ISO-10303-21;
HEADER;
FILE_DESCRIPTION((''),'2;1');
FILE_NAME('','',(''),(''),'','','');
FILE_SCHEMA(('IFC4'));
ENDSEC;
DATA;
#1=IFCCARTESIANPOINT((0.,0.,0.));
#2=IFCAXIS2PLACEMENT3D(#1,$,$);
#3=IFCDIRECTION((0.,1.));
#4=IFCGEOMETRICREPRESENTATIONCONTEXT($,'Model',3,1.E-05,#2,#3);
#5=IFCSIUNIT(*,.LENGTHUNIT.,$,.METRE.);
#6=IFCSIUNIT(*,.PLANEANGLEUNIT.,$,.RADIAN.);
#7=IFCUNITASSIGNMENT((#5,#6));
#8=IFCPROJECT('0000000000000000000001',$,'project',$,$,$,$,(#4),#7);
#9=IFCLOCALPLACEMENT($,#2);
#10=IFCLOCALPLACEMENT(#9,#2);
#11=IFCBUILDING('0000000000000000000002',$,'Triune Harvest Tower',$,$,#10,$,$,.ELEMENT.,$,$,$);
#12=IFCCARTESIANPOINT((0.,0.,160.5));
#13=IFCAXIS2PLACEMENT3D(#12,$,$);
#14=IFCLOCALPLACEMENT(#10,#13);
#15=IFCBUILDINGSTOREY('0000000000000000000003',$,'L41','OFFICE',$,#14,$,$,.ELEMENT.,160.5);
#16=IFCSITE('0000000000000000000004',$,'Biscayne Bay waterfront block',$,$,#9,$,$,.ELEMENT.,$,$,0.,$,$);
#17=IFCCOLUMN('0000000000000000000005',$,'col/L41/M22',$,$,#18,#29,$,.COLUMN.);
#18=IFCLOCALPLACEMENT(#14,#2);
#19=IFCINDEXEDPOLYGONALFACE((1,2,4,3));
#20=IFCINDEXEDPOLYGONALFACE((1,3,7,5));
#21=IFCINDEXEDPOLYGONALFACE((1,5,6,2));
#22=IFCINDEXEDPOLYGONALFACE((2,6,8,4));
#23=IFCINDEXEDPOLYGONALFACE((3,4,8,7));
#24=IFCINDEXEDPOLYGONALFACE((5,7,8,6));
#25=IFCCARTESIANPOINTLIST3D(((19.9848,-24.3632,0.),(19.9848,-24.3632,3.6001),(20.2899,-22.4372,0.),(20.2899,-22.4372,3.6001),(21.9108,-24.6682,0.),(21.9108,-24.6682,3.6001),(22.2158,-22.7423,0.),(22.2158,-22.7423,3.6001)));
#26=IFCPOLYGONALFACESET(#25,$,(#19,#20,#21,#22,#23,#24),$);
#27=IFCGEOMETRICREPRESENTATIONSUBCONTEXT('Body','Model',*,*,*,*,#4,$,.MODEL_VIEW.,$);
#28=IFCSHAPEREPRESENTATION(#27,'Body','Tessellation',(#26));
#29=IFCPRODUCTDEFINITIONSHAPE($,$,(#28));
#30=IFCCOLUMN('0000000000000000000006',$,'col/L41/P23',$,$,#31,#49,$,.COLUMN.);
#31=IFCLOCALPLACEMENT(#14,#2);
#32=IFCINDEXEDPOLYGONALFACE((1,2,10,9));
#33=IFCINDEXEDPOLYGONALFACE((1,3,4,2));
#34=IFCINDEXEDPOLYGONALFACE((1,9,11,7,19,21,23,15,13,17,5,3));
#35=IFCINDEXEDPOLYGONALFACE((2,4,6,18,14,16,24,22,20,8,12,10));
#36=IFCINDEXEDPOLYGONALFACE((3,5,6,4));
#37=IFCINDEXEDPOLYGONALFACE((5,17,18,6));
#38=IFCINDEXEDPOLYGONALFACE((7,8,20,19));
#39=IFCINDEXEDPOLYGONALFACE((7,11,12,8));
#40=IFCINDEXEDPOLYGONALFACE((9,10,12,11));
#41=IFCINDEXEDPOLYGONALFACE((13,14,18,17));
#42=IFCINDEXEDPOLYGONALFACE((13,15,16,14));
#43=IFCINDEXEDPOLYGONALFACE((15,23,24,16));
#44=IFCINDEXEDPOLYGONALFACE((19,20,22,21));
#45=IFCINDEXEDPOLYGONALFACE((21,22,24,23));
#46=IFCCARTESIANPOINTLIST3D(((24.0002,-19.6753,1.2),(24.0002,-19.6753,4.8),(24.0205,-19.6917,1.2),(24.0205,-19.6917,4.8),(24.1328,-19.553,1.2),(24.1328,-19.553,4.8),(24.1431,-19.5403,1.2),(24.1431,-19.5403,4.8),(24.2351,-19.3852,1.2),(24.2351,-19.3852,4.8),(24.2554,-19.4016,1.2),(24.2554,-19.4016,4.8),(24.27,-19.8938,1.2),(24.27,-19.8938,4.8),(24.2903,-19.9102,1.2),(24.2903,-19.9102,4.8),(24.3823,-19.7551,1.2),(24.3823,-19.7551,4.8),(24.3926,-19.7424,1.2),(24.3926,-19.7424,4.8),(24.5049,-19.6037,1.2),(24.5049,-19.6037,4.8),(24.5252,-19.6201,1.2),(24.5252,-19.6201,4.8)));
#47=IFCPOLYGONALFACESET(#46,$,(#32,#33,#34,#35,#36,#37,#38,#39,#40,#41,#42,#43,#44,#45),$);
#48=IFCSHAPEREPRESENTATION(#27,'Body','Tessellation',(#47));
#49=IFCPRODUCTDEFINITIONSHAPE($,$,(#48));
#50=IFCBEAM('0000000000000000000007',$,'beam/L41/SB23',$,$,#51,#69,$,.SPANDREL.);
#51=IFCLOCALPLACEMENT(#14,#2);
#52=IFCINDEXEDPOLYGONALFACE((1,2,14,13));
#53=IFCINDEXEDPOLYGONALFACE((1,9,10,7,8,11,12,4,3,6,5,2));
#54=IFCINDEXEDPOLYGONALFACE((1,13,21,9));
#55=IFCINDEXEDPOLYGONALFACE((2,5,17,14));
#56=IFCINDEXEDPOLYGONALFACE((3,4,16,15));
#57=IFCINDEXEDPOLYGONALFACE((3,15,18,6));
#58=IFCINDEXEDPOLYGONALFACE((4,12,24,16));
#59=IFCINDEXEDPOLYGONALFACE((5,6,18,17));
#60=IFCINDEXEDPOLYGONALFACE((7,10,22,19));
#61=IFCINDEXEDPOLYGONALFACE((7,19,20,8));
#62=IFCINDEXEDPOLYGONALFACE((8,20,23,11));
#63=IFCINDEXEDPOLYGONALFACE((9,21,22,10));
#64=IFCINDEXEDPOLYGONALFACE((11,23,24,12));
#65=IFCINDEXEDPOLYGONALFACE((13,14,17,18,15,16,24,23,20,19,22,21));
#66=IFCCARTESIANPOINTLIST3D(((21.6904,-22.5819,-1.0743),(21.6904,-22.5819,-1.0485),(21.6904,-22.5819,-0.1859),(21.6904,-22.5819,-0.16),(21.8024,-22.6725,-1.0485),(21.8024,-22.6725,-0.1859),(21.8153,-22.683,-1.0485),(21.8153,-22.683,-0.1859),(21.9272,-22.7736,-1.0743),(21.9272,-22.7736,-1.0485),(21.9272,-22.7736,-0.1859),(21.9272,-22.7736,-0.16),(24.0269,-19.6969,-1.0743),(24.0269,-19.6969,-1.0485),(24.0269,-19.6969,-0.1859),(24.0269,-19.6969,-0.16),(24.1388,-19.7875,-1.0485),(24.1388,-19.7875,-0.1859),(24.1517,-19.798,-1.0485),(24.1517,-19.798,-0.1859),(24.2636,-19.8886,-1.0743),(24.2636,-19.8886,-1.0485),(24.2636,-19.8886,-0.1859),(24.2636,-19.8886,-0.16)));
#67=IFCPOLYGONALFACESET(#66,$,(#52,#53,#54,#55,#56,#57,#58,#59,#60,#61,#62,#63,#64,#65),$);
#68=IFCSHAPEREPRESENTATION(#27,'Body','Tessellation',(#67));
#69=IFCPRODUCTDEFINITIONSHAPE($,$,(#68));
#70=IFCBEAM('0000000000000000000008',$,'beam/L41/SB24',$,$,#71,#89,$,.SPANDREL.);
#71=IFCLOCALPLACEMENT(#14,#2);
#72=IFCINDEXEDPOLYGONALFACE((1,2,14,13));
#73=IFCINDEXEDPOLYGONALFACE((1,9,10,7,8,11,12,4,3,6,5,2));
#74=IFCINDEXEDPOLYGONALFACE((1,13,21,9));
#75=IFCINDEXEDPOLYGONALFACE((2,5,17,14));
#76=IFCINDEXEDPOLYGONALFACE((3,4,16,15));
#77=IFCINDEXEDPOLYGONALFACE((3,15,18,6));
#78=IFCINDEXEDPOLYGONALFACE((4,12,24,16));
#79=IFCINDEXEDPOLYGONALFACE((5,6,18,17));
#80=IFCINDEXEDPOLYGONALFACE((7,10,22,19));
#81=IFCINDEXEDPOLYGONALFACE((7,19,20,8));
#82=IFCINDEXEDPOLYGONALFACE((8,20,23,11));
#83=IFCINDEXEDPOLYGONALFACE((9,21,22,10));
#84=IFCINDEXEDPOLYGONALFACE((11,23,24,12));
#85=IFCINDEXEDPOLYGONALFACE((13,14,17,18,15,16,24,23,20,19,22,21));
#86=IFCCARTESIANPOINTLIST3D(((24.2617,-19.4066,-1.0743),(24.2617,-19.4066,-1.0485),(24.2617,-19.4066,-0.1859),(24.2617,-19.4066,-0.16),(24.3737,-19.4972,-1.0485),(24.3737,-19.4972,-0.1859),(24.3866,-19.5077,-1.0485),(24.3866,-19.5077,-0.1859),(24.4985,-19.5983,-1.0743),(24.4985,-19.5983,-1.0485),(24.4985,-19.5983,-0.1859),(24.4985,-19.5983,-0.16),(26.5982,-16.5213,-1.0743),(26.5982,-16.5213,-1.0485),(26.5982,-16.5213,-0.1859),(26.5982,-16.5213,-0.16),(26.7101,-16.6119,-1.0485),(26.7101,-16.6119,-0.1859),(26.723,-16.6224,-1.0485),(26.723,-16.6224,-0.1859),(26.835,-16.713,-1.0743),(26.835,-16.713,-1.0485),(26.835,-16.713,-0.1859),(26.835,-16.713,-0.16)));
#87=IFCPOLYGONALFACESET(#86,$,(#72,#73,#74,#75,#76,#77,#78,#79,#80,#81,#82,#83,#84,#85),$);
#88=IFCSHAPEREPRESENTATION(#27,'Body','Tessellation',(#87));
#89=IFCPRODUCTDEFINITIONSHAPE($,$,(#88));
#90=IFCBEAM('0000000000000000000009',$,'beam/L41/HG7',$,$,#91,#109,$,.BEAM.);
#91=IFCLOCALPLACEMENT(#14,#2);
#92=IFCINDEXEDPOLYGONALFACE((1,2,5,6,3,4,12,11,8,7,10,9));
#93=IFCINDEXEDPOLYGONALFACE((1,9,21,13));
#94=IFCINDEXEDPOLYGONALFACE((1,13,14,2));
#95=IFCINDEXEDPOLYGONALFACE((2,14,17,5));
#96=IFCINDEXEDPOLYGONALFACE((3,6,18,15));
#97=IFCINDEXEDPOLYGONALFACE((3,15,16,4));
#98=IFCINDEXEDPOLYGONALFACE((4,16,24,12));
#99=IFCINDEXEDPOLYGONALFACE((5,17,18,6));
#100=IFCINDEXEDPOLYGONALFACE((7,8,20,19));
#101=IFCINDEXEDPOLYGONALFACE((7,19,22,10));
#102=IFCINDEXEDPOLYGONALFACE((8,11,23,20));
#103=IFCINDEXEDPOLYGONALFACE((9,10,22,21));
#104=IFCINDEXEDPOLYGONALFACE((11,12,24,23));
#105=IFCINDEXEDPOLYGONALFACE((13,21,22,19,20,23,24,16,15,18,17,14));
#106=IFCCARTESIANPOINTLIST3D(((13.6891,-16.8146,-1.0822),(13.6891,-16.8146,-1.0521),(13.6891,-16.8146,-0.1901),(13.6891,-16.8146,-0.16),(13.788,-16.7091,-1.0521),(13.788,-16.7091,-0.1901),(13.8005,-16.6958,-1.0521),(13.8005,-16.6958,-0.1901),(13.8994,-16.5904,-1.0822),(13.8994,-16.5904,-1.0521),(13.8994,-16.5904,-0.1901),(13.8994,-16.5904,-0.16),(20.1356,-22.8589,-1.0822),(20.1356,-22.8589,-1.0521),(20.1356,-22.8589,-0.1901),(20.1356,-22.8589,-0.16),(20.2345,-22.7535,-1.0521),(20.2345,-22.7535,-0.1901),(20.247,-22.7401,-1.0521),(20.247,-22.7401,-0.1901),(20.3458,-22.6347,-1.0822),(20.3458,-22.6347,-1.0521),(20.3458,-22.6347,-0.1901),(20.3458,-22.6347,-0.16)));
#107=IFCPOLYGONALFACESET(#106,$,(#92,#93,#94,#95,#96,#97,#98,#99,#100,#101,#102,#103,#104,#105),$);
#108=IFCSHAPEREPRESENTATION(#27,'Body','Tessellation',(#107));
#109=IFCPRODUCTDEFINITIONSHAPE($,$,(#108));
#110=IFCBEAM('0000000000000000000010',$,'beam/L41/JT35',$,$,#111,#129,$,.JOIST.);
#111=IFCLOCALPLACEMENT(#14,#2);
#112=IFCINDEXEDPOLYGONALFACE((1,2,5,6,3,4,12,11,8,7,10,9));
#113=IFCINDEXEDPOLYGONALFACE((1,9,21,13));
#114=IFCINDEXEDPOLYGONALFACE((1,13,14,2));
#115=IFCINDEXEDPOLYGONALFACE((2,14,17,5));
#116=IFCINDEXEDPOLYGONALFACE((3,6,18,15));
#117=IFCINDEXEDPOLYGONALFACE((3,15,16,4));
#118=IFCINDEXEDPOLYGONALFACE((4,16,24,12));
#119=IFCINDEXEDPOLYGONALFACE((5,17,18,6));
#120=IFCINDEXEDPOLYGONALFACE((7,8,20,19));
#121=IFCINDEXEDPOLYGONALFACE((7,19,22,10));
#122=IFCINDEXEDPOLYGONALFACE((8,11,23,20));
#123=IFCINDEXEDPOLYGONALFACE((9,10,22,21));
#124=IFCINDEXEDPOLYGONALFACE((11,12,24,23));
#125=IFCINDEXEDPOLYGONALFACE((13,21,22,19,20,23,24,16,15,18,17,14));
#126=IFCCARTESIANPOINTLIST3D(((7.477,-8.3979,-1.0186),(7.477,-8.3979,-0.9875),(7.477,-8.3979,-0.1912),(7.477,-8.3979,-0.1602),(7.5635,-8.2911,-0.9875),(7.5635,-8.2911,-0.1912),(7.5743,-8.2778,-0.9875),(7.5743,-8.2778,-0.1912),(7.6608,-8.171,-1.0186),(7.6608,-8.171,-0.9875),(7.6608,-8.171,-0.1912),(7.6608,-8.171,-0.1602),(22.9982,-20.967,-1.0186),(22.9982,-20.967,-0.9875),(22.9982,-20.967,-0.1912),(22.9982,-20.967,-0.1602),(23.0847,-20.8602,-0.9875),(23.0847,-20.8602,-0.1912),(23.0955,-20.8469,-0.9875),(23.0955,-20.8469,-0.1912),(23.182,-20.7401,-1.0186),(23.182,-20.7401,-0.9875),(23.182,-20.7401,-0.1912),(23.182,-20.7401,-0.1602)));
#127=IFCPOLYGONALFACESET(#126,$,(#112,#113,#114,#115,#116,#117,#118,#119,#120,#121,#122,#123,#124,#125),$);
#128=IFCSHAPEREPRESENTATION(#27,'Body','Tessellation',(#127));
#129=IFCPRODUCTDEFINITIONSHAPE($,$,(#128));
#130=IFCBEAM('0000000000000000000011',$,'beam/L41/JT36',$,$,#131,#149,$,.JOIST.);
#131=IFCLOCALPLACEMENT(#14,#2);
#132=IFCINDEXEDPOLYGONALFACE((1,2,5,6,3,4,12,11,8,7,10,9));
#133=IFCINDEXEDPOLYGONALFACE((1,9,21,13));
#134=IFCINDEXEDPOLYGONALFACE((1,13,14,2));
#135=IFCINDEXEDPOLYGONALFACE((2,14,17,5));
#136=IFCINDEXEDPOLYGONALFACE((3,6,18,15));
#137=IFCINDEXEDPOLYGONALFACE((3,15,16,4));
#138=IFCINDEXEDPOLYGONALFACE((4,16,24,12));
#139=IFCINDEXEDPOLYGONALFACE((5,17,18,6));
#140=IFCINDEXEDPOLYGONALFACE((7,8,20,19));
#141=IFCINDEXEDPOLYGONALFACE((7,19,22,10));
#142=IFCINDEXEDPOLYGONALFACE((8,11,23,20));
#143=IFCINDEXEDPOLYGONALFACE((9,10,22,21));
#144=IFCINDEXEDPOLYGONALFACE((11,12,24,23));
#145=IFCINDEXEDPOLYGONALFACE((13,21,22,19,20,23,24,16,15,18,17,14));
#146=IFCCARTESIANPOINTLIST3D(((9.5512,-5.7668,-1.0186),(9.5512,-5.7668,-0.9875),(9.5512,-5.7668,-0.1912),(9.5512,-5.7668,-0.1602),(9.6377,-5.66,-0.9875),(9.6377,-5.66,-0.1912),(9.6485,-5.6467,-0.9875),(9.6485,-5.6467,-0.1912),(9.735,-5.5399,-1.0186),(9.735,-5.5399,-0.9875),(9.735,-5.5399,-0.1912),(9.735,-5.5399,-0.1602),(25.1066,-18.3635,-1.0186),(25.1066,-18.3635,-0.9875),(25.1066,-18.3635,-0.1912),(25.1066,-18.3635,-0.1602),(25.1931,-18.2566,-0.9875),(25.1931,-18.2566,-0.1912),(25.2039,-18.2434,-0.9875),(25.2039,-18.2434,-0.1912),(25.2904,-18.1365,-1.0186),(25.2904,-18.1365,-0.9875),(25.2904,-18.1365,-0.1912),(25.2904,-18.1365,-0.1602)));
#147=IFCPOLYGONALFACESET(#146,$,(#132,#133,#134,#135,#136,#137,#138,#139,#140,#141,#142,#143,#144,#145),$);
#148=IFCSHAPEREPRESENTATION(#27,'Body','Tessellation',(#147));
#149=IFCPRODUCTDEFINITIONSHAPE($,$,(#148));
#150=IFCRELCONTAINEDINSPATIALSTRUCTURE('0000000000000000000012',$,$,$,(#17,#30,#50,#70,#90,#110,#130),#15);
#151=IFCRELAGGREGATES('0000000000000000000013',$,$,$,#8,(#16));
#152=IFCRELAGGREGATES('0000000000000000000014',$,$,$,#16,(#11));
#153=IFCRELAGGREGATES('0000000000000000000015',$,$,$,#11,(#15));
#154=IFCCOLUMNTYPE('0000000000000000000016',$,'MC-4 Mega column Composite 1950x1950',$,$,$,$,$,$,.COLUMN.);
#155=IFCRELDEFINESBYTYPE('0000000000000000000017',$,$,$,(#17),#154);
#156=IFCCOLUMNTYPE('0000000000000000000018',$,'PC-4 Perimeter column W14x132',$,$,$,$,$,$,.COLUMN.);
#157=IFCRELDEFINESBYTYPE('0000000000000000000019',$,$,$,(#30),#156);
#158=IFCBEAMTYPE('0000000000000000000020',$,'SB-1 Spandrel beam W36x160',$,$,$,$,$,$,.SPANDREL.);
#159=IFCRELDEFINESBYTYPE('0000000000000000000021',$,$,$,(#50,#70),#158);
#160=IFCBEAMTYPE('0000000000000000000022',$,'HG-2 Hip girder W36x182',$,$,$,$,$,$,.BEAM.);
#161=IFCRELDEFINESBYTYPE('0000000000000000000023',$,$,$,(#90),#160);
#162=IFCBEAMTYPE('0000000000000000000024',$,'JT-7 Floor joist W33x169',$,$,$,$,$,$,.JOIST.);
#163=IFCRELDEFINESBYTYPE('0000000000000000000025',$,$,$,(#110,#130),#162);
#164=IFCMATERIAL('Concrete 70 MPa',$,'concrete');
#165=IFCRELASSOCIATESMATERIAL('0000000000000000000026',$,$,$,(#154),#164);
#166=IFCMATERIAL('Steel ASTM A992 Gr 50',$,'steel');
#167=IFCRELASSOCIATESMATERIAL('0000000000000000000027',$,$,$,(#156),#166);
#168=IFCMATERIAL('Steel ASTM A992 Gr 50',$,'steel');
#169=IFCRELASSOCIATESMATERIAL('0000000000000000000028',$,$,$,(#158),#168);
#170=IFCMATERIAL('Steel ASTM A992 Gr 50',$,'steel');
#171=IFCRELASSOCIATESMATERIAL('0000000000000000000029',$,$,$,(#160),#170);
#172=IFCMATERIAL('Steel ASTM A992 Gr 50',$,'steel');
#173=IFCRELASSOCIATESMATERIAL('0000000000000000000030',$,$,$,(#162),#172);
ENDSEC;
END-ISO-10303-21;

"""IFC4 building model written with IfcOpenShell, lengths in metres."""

from ifc_helpers import new_model, si_unit, direction, frame, origin, origin_2d, place, context, subcontext, project, spatial, rectangle, i_section, extrude, source, transform, mapped, material, material_profile, profile_set, type_object, element, save


model = new_model("IFC4")

# Units and contexts
model_context = context("Model", 3, precision=1e-05, world=origin(), true_north=direction((0.0, 1.0)))
body_context = subcontext(model_context, "Body", "Model", "MODEL_VIEW")
ifc_project = project(units=[si_unit("LENGTHUNIT", "METRE"), si_unit("PLANEANGLEUNIT", "RADIAN")], contexts=[model_context])

# Site, building, storey
site_placement = place(None, origin())
site = spatial("IfcSite", under=ifc_project, at=site_placement, Name="Biscayne Bay waterfront block", CompositionType="ELEMENT", RefElevation=0.0)
building_placement = place(site_placement, origin())
building = spatial("IfcBuilding", under=site, at=building_placement, Name="Triune Harvest Tower", CompositionType="ELEMENT")
storey_placement = place(building_placement, frame((0.0, 0.0, 160.5)))
storey = spatial("IfcBuildingStorey", under=building, at=storey_placement, Name="L41", Description="OFFICE", CompositionType="ELEMENT", Elevation=160.5)

# Columns
ifc_material_1 = material(Name="Concrete 70 MPa", Category="concrete")
ifc_material_profile_1 = material_profile(ifc_material_1, rectangle(XDim=1.95, YDim=1.95, at=origin_2d()), Name="Composite 1950x1950")
ifc_profile_set_1 = profile_set([ifc_material_profile_1], Name="Concrete 70 MPa")
column_type_1 = type_object("IfcColumnType", Name="MC-4 Mega column Composite 1950x1950", PredefinedType="COLUMN", material=ifc_profile_set_1)
shared_shape_1 = source(origin(), body_context, "Body", "SweptSolid", [
    extrude(rectangle(XDim=1.95, YDim=1.95, at=origin_2d()), origin(), (0.0, 0.0, 1.0), 3.6001),
])
column_1_placement = place(storey_placement, frame((21.1003, -23.5527, 0.0), z_axis=(0.0, 0.0, 1.0), x_axis=(0.987688, -0.156434, 0.0)))
element("IfcColumn", 1, at=column_1_placement, inside=storey, type_object=column_type_1, Name="col/L41/M22", PredefinedType="COLUMN", context=body_context, shape_type="MappedRepresentation", body=[
    mapped(shared_shape_1, transform((0.0, 0.0, 0.0), scale=1.0)),
])
ifc_material_2 = material(Name="Steel ASTM A992 Gr 50", Category="steel")
ifc_material_profile_2 = material_profile(ifc_material_2, i_section(OverallWidth=0.3733, OverallDepth=0.3733, WebThickness=0.0164, FlangeThickness=0.0261, at=origin_2d()), Name="W14x132")
ifc_profile_set_2 = profile_set([ifc_material_profile_2], Name="Steel ASTM A992 Gr 50")
column_type_2 = type_object("IfcColumnType", Name="PC-4 Perimeter column W14x132", PredefinedType="COLUMN", material=ifc_profile_set_2)
shared_shape_2 = source(origin(), body_context, "Body", "SweptSolid", [
    extrude(i_section(OverallWidth=0.3733, OverallDepth=0.3733, WebThickness=0.0164, FlangeThickness=0.0261, at=origin_2d()), origin(), (0.0, 0.0, 1.0), 3.6001),
])
column_2_placement = place(storey_placement, frame((24.2627, -19.6477, 1.2), z_axis=(0.0, 0.0, 1.0), x_axis=(0.629322, 0.777145, 0.0)))
element("IfcColumn", 2, at=column_2_placement, inside=storey, type_object=column_type_2, Name="col/L41/P23", PredefinedType="COLUMN", context=body_context, shape_type="MappedRepresentation", body=[
    mapped(shared_shape_2, transform((0.0, 0.0, 0.0), scale=1.0)),
])

# Beams
ifc_material_3 = material(Name="Steel ASTM A992 Gr 50", Category="steel")
ifc_material_profile_3 = material_profile(ifc_material_3, i_section(OverallWidth=0.3047, OverallDepth=0.9143, WebThickness=0.0166, FlangeThickness=0.0259, at=origin_2d()), Name="W36x160")
ifc_profile_set_3 = profile_set([ifc_material_profile_3], Name="Steel ASTM A992 Gr 50")
beam_type_1 = type_object("IfcBeamType", Name="SB-1 Spandrel beam W36x160", PredefinedType="SPANDREL", material=ifc_profile_set_3)
shared_shape_3 = source(origin(), body_context, "Body", "SweptSolid", [
    extrude(i_section(OverallWidth=0.3047, OverallDepth=0.9143, WebThickness=0.0166, FlangeThickness=0.0259, at=origin_2d()), origin(), (0.0, 0.0, 1.0), 3.7124),
])
beam_1_placement = place(storey_placement, frame((21.8088, -22.6777, -0.6172), z_axis=(0.629351, 0.777121, 0.0), x_axis=(-0.777121, 0.629351, 0.0)))
element("IfcBeam", 3, at=beam_1_placement, inside=storey, type_object=beam_type_1, Name="beam/L41/SB23", PredefinedType="SPANDREL", context=body_context, shape_type="MappedRepresentation", body=[
    mapped(shared_shape_3, transform((0.0, 0.0, 0.0), scale=1.0)),
])
shared_shape_4 = source(origin(), body_context, "Body", "SweptSolid", [
    extrude(i_section(OverallWidth=0.3047, OverallDepth=0.9143, WebThickness=0.0166, FlangeThickness=0.0259, at=origin_2d()), origin(), (0.0, 0.0, 1.0), 3.7126),
])
beam_2_placement = place(storey_placement, frame((24.3801, -19.5024, -0.6172), z_axis=(0.629319, 0.777147, 0.0), x_axis=(-0.777147, 0.629319, 0.0)))
element("IfcBeam", 4, at=beam_2_placement, inside=storey, type_object=beam_type_1, Name="beam/L41/SB24", PredefinedType="SPANDREL", context=body_context, shape_type="MappedRepresentation", body=[
    mapped(shared_shape_4, transform((0.0, 0.0, 0.0), scale=1.0)),
])
ifc_material_4 = material(Name="Steel ASTM A992 Gr 50", Category="steel")
ifc_material_profile_4 = material_profile(ifc_material_4, i_section(OverallWidth=0.3074, OverallDepth=0.9221, WebThickness=0.0183, FlangeThickness=0.03, at=origin_2d()), Name="W36x182")
ifc_profile_set_4 = profile_set([ifc_material_profile_4], Name="Steel ASTM A992 Gr 50")
beam_type_2 = type_object("IfcBeamType", Name="HG-2 Hip girder W36x182", PredefinedType="BEAM", material=ifc_profile_set_4)
shared_shape_5 = source(origin(), body_context, "Body", "SweptSolid", [
    extrude(i_section(OverallWidth=0.3074, OverallDepth=0.9221, WebThickness=0.0183, FlangeThickness=0.03, at=origin_2d()), origin(), (0.0, 0.0, 1.0), 8.8369),
])
beam_3_placement = place(storey_placement, frame((20.2407, -22.7468, -0.6211), z_axis=(-0.729492, 0.68399, 0.0), x_axis=(-0.68399, -0.729492, 0.0)))
element("IfcBeam", 5, at=beam_3_placement, inside=storey, type_object=beam_type_2, Name="beam/L41/HG7", PredefinedType="BEAM", context=body_context, shape_type="MappedRepresentation", body=[
    mapped(shared_shape_5, transform((0.0, 0.0, 0.0), scale=1.0)),
])
ifc_material_5 = material(Name="Steel ASTM A992 Gr 50", Category="steel")
ifc_material_profile_5 = material_profile(ifc_material_5, i_section(OverallWidth=0.292, OverallDepth=0.8584, WebThickness=0.0171, FlangeThickness=0.031, at=origin_2d()), Name="W33x169")
ifc_profile_set_5 = profile_set([ifc_material_profile_5], Name="Steel ASTM A992 Gr 50")
beam_type_3 = type_object("IfcBeamType", Name="JT-7 Floor joist W33x169", PredefinedType="JOIST", material=ifc_profile_set_5)
shared_shape_6 = source(origin(), body_context, "Body", "SweptSolid", [
    extrude(i_section(OverallWidth=0.292, OverallDepth=0.8584, WebThickness=0.0171, FlangeThickness=0.031, at=origin_2d()), origin(), (0.0, 0.0, 1.0), 19.9722),
])
beam_4_placement = place(storey_placement, frame((23.0901, -20.8535, -0.5894), z_axis=(-0.77714, 0.629328, 0.0), x_axis=(-0.629328, -0.77714, 0.0)))
element("IfcBeam", 6, at=beam_4_placement, inside=storey, type_object=beam_type_3, Name="beam/L41/JT35", PredefinedType="JOIST", context=body_context, shape_type="MappedRepresentation", body=[
    mapped(shared_shape_6, transform((0.0, 0.0, 0.0), scale=1.0)),
])
shared_shape_7 = source(origin(), body_context, "Body", "SweptSolid", [
    extrude(i_section(OverallWidth=0.292, OverallDepth=0.8584, WebThickness=0.0171, FlangeThickness=0.031, at=origin_2d()), origin(), (0.0, 0.0, 1.0), 20.0161),
])
beam_5_placement = place(storey_placement, frame((25.1985, -18.25, -0.5894), z_axis=(-0.777142, 0.629325, 0.0), x_axis=(-0.629325, -0.777142, 0.0)))
element("IfcBeam", 7, at=beam_5_placement, inside=storey, type_object=beam_type_3, Name="beam/L41/JT36", PredefinedType="JOIST", context=body_context, shape_type="MappedRepresentation", body=[
    mapped(shared_shape_7, transform((0.0, 0.0, 0.0), scale=1.0)),
])

save(model, "model.ifc")
